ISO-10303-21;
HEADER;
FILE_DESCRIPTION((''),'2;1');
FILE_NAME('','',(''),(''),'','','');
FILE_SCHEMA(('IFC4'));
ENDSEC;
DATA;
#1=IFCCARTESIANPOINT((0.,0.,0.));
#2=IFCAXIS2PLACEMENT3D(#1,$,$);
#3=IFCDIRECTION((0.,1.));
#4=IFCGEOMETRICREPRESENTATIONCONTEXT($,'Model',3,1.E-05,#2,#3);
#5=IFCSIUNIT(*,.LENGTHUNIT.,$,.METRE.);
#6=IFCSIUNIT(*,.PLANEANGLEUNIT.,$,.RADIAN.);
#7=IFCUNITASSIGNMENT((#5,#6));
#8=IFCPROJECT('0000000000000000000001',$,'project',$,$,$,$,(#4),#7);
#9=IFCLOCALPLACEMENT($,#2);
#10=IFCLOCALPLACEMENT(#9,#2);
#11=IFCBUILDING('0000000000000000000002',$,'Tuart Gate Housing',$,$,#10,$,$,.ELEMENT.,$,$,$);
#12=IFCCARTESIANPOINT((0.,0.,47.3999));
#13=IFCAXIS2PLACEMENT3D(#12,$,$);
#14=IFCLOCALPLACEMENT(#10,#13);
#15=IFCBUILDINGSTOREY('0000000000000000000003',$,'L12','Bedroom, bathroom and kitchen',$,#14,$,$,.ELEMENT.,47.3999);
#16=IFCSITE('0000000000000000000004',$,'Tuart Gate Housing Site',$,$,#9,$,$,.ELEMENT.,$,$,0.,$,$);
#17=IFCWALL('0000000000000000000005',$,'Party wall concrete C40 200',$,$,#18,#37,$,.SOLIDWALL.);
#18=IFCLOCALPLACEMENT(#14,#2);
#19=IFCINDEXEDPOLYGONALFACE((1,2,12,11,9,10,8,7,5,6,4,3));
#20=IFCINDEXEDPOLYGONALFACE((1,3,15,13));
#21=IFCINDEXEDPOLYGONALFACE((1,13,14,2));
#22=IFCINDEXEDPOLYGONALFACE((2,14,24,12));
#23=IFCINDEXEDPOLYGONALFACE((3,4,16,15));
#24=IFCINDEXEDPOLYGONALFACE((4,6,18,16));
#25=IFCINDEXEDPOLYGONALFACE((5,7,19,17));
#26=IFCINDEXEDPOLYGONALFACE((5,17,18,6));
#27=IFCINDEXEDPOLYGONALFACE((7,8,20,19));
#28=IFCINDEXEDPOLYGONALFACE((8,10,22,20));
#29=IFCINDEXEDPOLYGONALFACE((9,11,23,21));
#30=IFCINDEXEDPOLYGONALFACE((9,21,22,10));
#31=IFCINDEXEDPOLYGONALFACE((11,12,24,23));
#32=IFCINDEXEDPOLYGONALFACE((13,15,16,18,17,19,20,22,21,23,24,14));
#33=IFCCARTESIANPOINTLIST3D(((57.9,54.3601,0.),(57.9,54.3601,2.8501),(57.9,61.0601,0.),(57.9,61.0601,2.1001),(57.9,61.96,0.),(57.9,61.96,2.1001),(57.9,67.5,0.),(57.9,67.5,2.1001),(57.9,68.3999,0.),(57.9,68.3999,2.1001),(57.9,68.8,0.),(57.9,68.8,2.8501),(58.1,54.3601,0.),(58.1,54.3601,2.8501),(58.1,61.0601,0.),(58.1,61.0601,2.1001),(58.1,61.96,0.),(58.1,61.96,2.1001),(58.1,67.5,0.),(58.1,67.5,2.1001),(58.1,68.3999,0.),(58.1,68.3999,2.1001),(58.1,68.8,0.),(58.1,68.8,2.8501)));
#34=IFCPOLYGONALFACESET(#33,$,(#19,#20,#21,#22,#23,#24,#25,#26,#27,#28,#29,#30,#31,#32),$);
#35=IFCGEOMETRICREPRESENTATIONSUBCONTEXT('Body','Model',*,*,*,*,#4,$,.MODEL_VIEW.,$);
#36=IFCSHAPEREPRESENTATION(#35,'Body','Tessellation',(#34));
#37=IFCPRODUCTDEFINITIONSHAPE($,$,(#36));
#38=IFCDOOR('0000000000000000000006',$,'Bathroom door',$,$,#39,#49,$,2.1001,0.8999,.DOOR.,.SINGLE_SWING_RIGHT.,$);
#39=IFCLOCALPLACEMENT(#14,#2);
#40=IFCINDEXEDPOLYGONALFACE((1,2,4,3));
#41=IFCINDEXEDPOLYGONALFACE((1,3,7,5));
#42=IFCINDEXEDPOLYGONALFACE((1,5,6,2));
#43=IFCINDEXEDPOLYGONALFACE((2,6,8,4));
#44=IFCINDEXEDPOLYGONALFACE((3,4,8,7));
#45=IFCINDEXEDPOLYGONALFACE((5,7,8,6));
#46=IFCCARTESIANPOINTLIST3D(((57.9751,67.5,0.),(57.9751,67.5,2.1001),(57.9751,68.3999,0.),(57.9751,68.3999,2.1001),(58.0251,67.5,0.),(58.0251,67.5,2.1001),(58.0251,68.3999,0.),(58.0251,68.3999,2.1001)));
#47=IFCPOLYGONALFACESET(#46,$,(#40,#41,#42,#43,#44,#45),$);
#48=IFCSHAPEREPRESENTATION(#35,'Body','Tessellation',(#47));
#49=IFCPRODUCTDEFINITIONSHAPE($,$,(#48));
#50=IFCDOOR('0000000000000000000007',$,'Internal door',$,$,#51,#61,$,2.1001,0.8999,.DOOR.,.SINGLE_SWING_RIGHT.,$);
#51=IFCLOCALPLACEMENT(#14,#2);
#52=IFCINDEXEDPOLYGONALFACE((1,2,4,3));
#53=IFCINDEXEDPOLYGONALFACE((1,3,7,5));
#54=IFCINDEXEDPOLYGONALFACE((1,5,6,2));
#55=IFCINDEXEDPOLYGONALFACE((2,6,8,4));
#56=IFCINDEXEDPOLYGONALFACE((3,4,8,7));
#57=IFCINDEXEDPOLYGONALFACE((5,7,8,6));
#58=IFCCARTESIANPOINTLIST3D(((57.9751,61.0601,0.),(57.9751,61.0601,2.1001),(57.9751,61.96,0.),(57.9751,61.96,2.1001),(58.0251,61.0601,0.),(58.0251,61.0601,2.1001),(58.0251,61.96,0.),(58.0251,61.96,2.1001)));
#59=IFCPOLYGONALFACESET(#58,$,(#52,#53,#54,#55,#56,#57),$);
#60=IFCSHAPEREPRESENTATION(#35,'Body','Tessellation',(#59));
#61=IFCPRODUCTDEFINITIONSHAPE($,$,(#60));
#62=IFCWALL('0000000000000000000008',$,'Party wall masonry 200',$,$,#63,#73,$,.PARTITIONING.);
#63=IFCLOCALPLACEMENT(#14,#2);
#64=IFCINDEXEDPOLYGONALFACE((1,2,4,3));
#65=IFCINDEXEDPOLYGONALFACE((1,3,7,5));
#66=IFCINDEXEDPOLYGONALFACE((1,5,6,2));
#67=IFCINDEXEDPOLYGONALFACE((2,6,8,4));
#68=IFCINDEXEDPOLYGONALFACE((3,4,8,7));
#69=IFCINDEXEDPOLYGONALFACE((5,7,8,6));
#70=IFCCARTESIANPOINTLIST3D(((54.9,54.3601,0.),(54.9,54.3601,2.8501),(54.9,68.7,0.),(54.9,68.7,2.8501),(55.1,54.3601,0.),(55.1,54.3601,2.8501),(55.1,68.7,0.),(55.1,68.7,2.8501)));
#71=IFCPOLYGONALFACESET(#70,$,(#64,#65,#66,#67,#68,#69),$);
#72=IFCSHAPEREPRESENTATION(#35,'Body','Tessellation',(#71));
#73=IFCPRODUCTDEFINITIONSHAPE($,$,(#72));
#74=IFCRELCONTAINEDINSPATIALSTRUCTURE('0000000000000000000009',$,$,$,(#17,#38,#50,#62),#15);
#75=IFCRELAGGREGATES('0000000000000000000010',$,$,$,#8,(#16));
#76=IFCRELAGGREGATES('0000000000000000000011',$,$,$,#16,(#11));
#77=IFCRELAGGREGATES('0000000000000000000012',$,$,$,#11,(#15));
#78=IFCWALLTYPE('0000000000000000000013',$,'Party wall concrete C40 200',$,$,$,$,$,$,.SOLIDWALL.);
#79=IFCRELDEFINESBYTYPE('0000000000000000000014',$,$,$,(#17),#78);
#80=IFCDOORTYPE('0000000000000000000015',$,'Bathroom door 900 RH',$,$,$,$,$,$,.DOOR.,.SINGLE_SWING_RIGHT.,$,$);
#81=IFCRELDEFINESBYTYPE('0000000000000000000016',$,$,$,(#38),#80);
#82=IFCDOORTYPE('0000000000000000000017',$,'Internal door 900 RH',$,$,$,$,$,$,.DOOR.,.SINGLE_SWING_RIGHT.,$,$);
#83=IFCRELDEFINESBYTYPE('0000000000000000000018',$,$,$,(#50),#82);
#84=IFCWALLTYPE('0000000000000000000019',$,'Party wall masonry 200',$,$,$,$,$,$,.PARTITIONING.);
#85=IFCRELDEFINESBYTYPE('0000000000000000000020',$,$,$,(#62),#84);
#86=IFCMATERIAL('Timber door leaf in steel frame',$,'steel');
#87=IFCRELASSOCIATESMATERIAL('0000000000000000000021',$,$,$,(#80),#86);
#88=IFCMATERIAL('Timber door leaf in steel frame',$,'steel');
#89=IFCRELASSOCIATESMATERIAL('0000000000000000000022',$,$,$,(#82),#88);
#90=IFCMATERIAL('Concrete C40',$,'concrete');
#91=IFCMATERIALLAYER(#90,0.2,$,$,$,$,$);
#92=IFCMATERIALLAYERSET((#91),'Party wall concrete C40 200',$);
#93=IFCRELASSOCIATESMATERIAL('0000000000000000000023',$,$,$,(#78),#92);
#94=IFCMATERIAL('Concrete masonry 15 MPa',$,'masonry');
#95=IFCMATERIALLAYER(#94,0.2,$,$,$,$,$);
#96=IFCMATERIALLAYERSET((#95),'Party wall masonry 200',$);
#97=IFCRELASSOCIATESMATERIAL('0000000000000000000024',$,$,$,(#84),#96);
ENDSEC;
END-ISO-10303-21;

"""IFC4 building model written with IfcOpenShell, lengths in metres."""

from ifc_helpers import new_model, si_unit, direction, frame, frame_2d, origin, place, context, subcontext, project, spatial, rectangle, extrude, material, layer, layer_set, type_object, element, fill, save


model = new_model("IFC4")

# Units and contexts
model_context = context("Model", 3, precision=1e-05, world=origin(), true_north=direction((0.0, 1.0)))
body_context = subcontext(model_context, "Body", "Model", "MODEL_VIEW")
ifc_project = project(units=[si_unit("LENGTHUNIT", "METRE"), si_unit("PLANEANGLEUNIT", "RADIAN")], contexts=[model_context])

# Site, building, storey
site_placement = place(None, origin())
site = spatial("IfcSite", under=ifc_project, at=site_placement, Name="Tuart Gate Housing Site", CompositionType="ELEMENT", RefElevation=0.0)
building_placement = place(site_placement, origin())
building = spatial("IfcBuilding", under=site, at=building_placement, Name="Tuart Gate Housing", CompositionType="ELEMENT")
storey_placement = place(building_placement, frame((0.0, 0.0, 47.3999)))
storey = spatial("IfcBuildingStorey", under=building, at=storey_placement, Name="L12", Description="Bedroom, bathroom and kitchen", CompositionType="ELEMENT", Elevation=47.3999)

# Shared definitions
ifc_material_1 = material(Name="Timber door leaf in steel frame", Category="steel")
door_type_1 = type_object("IfcDoorType", Name="Bathroom door 900 RH", OperationType="SINGLE_SWING_RIGHT", PredefinedType="DOOR", material=ifc_material_1)
ifc_material_2 = material(Name="Timber door leaf in steel frame", Category="steel")
door_type_2 = type_object("IfcDoorType", Name="Internal door 900 RH", OperationType="SINGLE_SWING_RIGHT", PredefinedType="DOOR", material=ifc_material_2)

# Shared definitions
ifc_material_3 = material(Name="Concrete C40", Category="concrete")
ifc_layer_1 = layer(ifc_material_3, 0.2)
ifc_layer_set_1 = layer_set([ifc_layer_1], Name="Party wall concrete C40 200")
wall_type_1 = type_object("IfcWallType", Name="Party wall concrete C40 200", PredefinedType="SOLIDWALL", material=ifc_layer_set_1)

# Wall, openings, doors
wall_1_placement = place(storey_placement, frame((58.0, 54.3601, 0.0), z_axis=(0.0, 0.0, 1.0), x_axis=(0.0, 1.0, 0.0)))
wall_1 = element("IfcWall", 1, at=wall_1_placement, inside=storey, type_object=wall_type_1, Name="Party wall concrete C40 200", PredefinedType="SOLIDWALL", context=body_context, shape_type="SweptSolid", body=[
    extrude(rectangle(XDim=14.4399, YDim=0.2, at=frame_2d((7.22, 0.0))), origin(), (0.0, 0.0, 1.0), 2.8501),
])
opening_1_placement = place(wall_1_placement, frame((6.7, 0.0, 0.0)))
opening_1 = element("IfcOpeningElement", 2, at=opening_1_placement, cuts=wall_1, PredefinedType="OPENING", context=body_context, shape_type="SweptSolid", body=[
    extrude(rectangle(XDim=0.8999, YDim=2.1001, at=frame_2d((0.45, 1.05))), frame((0.0, 0.1099, 0.0), z_axis=(0.0, -1.0, 0.0), x_axis=(1.0, 0.0, 0.0)), (0.0, 0.0, 1.0), 0.22),
])
opening_2_placement = place(wall_1_placement, frame((13.1399, 0.0, 0.0)))
opening_2 = element("IfcOpeningElement", 3, at=opening_2_placement, cuts=wall_1, PredefinedType="OPENING", context=body_context, shape_type="SweptSolid", body=[
    extrude(rectangle(XDim=0.8999, YDim=2.1001, at=frame_2d((0.45, 1.05))), frame((0.0, 0.1099, 0.0), z_axis=(0.0, -1.0, 0.0), x_axis=(1.0, 0.0, 0.0)), (0.0, 0.0, 1.0), 0.22),
])
door_1_placement = place(opening_2_placement, origin())
door_1 = element("IfcDoor", 4, at=door_1_placement, inside=storey, type_object=door_type_1, Name="Bathroom door", OperationType="SINGLE_SWING_RIGHT", OverallHeight=2.1001, OverallWidth=0.8999, PredefinedType="DOOR", context=body_context, shape_type="SweptSolid", body=[
    extrude(rectangle(XDim=0.8999, YDim=2.1001, at=frame_2d((0.45, 1.05))), frame((0.0, 0.0249, 0.0), z_axis=(0.0, -1.0, 0.0), x_axis=(1.0, 0.0, 0.0)), (0.0, 0.0, 1.0), 0.05),
])
fill(opening_2, door_1)
door_2_placement = place(opening_1_placement, origin())
door_2 = element("IfcDoor", 5, at=door_2_placement, inside=storey, type_object=door_type_2, Name="Internal door", OperationType="SINGLE_SWING_RIGHT", OverallHeight=2.1001, OverallWidth=0.8999, PredefinedType="DOOR", context=body_context, shape_type="SweptSolid", body=[
    extrude(rectangle(XDim=0.8999, YDim=2.1001, at=frame_2d((0.45, 1.05))), frame((0.0, 0.0249, 0.0), z_axis=(0.0, -1.0, 0.0), x_axis=(1.0, 0.0, 0.0)), (0.0, 0.0, 1.0), 0.05),
])
fill(opening_1, door_2)

# Wall
ifc_material_4 = material(Name="Concrete masonry 15 MPa", Category="masonry")
ifc_layer_2 = layer(ifc_material_4, 0.2)
ifc_layer_set_2 = layer_set([ifc_layer_2], Name="Party wall masonry 200")
wall_type_2 = type_object("IfcWallType", Name="Party wall masonry 200", PredefinedType="PARTITIONING", material=ifc_layer_set_2)
wall_2_placement = place(storey_placement, frame((55.0, 54.3601, 0.0), z_axis=(0.0, 0.0, 1.0), x_axis=(0.0, 1.0, 0.0)))
element("IfcWall", 6, at=wall_2_placement, inside=storey, type_object=wall_type_2, Name="Party wall masonry 200", PredefinedType="PARTITIONING", context=body_context, shape_type="SweptSolid", body=[
    extrude(rectangle(XDim=14.3398, YDim=0.2, at=frame_2d((7.1699, 0.0))), origin(), (0.0, 0.0, 1.0), 2.8501),
])

save(model, "model.ifc")
